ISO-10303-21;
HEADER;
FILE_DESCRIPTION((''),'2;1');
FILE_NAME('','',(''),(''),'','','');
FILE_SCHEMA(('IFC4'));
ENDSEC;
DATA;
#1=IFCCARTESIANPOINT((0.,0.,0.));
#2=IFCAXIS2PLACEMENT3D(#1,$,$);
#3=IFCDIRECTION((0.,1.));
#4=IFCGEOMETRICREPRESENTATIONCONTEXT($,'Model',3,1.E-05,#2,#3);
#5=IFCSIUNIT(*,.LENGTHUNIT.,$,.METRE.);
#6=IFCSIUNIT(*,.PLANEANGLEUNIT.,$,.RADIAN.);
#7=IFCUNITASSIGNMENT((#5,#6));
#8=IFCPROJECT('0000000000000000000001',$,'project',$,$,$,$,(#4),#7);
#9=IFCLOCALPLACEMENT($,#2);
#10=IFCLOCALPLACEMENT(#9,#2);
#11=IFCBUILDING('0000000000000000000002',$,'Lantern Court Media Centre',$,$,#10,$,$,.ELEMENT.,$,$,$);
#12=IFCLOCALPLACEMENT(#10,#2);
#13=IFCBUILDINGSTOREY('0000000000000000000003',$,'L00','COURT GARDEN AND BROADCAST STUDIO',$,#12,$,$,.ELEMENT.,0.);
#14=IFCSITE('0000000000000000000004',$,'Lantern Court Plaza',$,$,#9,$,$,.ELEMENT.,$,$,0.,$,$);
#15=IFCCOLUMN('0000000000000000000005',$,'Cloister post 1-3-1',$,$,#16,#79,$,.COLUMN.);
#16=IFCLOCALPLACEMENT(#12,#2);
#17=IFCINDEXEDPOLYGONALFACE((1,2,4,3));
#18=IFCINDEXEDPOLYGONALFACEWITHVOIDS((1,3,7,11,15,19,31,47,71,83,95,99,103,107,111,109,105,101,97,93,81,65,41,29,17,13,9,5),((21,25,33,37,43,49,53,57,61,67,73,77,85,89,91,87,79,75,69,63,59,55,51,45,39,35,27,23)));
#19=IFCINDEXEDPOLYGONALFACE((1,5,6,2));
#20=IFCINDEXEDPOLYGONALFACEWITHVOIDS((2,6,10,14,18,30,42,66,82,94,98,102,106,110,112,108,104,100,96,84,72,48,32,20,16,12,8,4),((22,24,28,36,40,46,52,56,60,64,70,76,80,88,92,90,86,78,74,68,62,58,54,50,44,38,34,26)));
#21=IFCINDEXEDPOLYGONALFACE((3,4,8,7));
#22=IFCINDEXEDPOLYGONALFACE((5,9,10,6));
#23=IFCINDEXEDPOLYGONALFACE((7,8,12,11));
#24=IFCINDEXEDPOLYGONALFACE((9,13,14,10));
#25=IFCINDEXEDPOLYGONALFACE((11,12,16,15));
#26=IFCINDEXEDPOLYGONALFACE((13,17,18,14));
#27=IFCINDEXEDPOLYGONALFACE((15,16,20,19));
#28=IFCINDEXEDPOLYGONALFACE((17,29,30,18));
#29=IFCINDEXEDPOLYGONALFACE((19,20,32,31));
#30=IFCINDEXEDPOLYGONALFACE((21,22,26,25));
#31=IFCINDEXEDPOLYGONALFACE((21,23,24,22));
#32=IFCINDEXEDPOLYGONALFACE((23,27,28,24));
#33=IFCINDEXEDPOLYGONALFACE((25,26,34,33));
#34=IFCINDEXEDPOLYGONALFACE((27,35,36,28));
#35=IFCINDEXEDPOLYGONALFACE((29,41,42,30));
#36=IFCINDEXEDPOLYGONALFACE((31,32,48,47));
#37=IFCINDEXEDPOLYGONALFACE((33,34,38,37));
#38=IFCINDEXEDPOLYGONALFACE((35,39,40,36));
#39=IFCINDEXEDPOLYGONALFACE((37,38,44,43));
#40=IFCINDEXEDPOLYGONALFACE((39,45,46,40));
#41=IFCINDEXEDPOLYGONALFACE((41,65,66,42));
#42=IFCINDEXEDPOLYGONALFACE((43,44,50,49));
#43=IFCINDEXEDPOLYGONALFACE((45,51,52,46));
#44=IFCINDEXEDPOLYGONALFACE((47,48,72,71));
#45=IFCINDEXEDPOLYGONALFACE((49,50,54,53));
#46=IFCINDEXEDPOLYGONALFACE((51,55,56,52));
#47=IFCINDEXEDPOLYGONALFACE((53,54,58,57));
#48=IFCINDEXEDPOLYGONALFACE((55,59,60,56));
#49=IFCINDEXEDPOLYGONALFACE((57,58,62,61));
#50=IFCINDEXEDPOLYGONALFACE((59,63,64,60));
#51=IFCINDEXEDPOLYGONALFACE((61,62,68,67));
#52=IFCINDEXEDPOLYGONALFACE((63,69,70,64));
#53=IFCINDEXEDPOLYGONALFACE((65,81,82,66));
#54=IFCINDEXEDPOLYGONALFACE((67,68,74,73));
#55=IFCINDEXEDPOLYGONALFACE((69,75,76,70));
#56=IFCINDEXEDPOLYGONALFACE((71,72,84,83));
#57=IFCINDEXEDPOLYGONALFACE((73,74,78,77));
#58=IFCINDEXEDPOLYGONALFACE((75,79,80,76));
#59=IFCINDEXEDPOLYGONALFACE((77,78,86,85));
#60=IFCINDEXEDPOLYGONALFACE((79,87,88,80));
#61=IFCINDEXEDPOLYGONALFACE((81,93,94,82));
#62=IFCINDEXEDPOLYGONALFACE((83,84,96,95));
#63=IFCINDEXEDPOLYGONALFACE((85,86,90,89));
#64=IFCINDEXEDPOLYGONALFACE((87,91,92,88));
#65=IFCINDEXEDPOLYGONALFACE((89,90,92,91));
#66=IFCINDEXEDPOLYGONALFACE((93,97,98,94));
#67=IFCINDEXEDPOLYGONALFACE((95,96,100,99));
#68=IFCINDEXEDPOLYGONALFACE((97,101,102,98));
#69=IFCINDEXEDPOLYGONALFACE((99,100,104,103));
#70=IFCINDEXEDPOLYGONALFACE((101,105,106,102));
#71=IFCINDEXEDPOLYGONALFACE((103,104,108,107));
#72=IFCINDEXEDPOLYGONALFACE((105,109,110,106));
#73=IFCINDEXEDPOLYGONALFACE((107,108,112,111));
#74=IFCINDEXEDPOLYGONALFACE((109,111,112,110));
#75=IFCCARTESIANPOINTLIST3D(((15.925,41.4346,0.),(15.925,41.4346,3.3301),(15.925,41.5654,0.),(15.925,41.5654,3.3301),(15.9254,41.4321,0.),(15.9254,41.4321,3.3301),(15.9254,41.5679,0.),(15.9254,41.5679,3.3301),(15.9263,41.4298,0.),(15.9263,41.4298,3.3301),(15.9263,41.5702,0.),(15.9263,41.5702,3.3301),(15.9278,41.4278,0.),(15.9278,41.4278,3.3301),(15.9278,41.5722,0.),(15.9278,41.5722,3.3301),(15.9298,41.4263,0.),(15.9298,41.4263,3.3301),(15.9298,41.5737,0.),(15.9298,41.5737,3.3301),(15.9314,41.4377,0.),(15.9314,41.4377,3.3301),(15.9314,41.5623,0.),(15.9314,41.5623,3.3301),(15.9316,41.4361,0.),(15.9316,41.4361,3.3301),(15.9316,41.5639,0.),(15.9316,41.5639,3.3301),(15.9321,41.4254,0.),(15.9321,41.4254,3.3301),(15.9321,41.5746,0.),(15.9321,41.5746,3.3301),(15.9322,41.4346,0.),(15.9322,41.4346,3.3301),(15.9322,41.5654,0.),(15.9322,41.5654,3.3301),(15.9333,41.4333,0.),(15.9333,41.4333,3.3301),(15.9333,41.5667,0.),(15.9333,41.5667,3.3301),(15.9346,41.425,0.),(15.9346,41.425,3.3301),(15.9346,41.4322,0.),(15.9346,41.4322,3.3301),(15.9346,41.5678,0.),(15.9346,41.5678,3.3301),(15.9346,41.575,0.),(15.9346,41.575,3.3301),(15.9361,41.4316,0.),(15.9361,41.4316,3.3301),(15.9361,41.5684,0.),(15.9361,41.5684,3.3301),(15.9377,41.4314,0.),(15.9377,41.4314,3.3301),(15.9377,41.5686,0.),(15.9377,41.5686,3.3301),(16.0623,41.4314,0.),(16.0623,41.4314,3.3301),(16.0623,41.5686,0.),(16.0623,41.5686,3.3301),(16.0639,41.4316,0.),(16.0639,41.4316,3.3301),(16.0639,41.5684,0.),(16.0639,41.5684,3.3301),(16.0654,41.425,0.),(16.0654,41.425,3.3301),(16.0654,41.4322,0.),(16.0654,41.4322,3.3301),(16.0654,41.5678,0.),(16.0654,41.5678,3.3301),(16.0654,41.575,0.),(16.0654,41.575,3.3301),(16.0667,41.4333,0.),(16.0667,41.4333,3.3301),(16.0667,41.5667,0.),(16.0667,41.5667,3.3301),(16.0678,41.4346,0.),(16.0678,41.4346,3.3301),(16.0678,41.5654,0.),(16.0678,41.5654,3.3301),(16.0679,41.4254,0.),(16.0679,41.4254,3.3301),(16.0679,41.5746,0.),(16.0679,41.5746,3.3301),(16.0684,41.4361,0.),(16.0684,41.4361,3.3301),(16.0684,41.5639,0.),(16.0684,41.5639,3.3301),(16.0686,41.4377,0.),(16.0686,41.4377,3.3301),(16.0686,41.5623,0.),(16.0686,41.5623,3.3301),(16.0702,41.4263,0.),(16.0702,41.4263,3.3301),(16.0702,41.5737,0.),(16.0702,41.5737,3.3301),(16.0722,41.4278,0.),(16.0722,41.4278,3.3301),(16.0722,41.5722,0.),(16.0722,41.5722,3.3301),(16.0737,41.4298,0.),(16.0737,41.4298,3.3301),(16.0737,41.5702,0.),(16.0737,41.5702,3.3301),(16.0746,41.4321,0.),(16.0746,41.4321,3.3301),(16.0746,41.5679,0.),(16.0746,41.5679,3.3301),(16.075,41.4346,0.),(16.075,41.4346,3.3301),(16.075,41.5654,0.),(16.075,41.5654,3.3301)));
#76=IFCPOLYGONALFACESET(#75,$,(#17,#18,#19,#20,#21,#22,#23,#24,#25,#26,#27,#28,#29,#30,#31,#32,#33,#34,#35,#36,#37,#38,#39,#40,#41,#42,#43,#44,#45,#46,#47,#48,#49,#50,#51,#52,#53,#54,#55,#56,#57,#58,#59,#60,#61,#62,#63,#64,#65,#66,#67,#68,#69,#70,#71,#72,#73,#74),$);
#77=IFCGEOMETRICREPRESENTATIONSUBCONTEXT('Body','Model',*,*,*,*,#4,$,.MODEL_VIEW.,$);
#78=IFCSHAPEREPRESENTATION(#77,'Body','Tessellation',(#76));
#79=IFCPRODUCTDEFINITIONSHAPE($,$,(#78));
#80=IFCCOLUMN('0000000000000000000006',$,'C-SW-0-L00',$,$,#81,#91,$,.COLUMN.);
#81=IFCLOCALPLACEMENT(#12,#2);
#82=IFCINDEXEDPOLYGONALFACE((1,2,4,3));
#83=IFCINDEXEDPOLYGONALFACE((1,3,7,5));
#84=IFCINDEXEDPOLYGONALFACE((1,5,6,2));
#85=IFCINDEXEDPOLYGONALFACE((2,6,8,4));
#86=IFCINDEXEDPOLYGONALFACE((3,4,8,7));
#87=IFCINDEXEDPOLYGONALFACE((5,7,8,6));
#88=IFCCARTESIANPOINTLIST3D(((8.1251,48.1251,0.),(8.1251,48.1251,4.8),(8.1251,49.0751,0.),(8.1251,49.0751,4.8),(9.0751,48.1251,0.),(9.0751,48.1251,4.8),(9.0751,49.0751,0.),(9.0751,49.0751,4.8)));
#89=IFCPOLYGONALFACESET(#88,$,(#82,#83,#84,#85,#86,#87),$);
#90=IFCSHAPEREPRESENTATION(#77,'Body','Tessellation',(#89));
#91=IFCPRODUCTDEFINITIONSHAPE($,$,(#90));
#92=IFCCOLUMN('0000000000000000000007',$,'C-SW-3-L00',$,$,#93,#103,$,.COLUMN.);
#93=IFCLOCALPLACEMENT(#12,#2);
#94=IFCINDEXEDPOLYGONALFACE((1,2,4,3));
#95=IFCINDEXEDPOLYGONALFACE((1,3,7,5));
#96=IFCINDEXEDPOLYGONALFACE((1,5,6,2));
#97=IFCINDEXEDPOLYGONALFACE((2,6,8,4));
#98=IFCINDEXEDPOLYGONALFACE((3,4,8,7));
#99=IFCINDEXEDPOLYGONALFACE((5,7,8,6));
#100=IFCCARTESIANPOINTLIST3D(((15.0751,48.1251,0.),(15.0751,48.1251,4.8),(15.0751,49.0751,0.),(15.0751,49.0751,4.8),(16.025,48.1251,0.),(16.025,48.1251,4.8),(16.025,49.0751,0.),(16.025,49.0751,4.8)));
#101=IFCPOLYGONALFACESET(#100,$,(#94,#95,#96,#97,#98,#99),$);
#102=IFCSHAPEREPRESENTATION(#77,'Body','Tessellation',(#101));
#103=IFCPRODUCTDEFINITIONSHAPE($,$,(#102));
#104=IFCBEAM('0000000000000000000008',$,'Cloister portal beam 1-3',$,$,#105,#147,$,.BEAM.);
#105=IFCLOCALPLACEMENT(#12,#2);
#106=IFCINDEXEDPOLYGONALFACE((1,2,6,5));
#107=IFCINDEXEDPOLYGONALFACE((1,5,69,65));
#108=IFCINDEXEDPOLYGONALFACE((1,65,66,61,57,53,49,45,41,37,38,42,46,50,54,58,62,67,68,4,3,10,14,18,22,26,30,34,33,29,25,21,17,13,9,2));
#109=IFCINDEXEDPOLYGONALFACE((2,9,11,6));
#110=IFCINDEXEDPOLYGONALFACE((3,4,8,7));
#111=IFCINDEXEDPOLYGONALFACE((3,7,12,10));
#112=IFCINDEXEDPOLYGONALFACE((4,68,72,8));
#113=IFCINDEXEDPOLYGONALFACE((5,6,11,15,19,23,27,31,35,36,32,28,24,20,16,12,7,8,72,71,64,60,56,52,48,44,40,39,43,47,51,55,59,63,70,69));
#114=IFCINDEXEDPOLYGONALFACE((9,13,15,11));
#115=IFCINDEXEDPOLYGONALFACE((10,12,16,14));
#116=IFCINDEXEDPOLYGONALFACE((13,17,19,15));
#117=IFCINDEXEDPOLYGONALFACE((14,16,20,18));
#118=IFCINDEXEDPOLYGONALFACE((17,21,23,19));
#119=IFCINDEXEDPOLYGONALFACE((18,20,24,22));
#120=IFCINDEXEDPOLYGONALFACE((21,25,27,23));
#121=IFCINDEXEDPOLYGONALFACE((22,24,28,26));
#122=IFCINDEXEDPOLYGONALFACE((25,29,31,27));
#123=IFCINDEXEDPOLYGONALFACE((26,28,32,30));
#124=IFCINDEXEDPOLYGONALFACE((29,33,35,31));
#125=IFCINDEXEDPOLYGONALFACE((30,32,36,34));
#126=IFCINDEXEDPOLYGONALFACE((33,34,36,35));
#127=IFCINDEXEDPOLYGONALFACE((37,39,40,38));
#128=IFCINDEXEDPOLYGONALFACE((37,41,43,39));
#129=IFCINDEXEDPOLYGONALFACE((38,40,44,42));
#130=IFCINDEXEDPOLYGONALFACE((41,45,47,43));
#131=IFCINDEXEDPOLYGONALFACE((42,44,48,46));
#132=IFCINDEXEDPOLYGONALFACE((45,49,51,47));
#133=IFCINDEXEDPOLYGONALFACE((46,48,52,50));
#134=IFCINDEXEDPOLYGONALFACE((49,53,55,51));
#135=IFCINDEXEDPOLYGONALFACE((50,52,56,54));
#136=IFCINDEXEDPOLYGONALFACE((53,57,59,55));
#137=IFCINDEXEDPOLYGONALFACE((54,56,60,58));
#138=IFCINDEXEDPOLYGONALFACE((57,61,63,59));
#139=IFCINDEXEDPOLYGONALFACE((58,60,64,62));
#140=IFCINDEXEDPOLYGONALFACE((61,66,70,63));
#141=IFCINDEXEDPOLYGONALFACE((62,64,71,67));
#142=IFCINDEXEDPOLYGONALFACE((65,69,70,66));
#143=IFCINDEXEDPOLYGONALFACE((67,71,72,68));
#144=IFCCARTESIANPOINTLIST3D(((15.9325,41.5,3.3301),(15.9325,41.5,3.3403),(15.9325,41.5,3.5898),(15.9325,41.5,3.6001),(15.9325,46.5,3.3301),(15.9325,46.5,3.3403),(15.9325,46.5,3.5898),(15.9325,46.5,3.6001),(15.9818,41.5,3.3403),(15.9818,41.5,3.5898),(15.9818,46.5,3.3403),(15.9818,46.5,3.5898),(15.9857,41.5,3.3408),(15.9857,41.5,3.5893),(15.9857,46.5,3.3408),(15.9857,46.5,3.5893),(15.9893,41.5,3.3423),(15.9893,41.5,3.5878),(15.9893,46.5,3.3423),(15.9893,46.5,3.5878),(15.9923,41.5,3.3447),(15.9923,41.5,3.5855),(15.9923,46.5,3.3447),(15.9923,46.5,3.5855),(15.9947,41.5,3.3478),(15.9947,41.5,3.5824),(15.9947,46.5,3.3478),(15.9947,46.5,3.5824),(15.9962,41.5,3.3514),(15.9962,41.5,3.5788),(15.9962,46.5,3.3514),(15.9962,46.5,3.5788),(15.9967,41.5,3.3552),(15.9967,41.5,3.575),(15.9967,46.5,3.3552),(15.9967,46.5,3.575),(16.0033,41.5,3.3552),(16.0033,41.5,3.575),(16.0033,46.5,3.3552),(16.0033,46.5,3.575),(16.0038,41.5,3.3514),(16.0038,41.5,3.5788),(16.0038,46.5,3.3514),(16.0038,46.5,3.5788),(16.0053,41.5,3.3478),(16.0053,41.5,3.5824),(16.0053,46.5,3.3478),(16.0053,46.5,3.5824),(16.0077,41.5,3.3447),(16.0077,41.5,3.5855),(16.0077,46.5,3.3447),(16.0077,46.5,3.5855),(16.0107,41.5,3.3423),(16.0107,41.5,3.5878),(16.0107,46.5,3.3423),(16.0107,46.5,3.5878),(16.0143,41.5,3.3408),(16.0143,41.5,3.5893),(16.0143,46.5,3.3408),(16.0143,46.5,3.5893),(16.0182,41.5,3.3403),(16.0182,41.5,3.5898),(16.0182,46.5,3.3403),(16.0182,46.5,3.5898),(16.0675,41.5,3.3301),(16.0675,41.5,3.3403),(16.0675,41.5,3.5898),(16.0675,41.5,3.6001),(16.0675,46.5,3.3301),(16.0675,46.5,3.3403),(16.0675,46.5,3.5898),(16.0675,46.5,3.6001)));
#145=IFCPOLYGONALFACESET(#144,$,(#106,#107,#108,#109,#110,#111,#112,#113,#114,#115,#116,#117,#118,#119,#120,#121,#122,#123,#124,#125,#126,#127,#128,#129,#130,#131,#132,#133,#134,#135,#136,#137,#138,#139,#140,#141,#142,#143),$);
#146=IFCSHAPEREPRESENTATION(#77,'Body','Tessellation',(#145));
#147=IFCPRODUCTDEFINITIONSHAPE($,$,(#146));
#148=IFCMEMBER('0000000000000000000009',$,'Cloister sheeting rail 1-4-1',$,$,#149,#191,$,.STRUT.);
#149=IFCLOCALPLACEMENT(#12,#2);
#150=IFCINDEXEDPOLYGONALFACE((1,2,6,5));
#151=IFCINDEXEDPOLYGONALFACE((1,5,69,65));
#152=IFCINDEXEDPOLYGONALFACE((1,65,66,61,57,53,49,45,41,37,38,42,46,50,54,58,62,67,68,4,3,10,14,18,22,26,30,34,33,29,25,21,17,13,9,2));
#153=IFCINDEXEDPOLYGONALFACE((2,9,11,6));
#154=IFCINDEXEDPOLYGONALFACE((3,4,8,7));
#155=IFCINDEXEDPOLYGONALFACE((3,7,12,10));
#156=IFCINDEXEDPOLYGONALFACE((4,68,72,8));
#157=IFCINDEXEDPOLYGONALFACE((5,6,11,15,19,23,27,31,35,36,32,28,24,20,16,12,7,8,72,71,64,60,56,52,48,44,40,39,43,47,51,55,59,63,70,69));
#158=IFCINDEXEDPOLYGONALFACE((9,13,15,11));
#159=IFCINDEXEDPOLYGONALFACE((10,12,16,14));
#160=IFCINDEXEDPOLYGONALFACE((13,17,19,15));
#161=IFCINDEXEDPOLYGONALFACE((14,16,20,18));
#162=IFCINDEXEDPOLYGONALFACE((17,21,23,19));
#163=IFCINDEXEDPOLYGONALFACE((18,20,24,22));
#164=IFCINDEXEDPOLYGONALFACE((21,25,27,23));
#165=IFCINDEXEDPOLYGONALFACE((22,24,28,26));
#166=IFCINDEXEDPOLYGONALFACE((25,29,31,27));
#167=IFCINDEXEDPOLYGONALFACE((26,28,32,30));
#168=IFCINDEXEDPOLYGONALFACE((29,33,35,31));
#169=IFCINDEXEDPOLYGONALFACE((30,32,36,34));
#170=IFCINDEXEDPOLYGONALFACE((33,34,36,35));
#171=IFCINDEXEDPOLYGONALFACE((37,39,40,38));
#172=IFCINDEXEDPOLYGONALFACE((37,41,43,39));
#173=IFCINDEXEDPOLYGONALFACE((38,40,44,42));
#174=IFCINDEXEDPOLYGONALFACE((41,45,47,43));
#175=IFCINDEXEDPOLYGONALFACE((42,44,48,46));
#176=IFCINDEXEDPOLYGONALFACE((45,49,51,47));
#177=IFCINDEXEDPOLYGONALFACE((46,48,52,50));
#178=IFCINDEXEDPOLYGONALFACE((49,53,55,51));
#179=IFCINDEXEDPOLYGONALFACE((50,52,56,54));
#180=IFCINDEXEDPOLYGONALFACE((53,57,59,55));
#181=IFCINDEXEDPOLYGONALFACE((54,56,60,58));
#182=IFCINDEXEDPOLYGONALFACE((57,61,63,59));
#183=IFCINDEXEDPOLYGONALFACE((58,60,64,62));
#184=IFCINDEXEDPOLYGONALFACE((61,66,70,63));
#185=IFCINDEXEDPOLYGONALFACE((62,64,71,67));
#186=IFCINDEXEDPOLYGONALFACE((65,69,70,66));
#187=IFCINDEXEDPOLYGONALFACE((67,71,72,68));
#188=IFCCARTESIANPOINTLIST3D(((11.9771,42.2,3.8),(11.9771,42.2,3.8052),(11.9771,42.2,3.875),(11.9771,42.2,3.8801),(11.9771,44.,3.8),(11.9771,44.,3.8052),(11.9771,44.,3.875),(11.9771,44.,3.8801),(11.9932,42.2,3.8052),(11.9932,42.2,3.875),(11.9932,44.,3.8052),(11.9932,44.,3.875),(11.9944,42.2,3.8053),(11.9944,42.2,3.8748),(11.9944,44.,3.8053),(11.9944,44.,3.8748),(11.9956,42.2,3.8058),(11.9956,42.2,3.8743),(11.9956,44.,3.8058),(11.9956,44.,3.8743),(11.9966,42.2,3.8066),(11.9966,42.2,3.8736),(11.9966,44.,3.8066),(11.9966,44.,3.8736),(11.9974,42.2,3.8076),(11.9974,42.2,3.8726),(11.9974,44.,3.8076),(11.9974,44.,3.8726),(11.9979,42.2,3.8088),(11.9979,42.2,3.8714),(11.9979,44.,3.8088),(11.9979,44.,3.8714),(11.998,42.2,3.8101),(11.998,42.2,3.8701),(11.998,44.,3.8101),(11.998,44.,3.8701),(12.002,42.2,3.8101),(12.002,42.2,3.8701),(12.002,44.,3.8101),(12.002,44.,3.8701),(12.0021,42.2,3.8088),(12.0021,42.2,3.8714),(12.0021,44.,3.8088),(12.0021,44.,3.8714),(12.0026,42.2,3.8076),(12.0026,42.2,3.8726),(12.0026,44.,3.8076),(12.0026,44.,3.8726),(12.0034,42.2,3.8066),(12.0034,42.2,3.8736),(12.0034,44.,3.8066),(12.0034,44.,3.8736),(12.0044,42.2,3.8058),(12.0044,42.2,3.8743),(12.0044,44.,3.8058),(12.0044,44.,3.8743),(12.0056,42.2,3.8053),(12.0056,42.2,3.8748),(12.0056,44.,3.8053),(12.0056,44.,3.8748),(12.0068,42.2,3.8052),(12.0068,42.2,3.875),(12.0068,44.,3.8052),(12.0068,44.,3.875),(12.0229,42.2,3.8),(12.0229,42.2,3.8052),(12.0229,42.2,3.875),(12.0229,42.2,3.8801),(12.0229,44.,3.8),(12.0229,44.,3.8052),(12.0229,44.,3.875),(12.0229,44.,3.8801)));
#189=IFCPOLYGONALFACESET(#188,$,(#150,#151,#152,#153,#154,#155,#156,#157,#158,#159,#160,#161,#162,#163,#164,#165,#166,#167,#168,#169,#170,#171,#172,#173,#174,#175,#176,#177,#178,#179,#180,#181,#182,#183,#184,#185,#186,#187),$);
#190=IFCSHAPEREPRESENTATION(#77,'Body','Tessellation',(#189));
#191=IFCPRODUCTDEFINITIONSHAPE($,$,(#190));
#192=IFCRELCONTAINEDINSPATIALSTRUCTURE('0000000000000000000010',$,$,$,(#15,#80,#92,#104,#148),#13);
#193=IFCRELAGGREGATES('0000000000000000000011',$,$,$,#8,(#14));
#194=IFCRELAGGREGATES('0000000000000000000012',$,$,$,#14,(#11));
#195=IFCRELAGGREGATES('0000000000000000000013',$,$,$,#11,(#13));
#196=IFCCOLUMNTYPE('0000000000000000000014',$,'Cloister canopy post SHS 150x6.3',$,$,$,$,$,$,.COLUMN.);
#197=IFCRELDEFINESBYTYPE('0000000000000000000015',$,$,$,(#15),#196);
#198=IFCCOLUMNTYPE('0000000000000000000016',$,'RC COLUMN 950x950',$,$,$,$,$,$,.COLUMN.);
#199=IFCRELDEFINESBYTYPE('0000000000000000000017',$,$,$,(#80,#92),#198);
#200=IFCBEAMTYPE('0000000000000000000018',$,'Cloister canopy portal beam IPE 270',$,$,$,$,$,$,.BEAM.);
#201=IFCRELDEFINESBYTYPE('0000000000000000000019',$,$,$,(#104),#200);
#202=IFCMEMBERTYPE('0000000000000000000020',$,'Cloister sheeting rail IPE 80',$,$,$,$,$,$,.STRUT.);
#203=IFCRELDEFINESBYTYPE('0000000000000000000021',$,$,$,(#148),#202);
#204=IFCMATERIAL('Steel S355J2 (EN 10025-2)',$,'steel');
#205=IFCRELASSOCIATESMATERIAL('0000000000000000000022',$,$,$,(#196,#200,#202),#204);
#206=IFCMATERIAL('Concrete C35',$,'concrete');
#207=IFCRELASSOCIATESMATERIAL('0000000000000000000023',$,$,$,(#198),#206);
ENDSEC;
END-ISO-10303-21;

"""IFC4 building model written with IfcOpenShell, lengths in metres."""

from ifc_helpers import new_model, si_unit, direction, frame, origin, origin_2d, place, context, subcontext, project, spatial, rectangle, hollow_rectangle, i_section, extrude, material, material_profile, profile_set, type_object, element, save


model = new_model("IFC4")

# Units and contexts
model_context = context("Model", 3, precision=1e-05, world=origin(), true_north=direction((0.0, 1.0)))
body_context = subcontext(model_context, "Body", "Model", "MODEL_VIEW")
ifc_project = project(units=[si_unit("LENGTHUNIT", "METRE"), si_unit("PLANEANGLEUNIT", "RADIAN")], contexts=[model_context])

# Site, building, storey
site_placement = place(None, origin())
site = spatial("IfcSite", under=ifc_project, at=site_placement, Name="Lantern Court Plaza", CompositionType="ELEMENT", RefElevation=0.0)
building_placement = place(site_placement, origin())
building = spatial("IfcBuilding", under=site, at=building_placement, Name="Lantern Court Media Centre", CompositionType="ELEMENT")
storey_placement = place(building_placement, origin())
storey = spatial("IfcBuildingStorey", under=building, at=storey_placement, Name="L00", Description="COURT GARDEN AND BROADCAST STUDIO", CompositionType="ELEMENT", Elevation=0.0)

# Columns
ifc_material_1 = material(Name="Steel S355J2 (EN 10025-2)", Category="steel")
ifc_material_profile_1 = material_profile(ifc_material_1, hollow_rectangle(XDim=0.1499, YDim=0.1499, WallThickness=0.0063, InnerFilletRadius=0.0063, OuterFilletRadius=0.0095, at=origin_2d()), Name="Cloister canopy post SHS 150x6.3")
ifc_profile_set_1 = profile_set([ifc_material_profile_1], Name="Steel S355J2 (EN 10025-2)")
column_type_1 = type_object("IfcColumnType", Name="Cloister canopy post SHS 150x6.3", PredefinedType="COLUMN", material=ifc_profile_set_1)
column_placement = place(storey_placement, frame((16.0, 41.5, 0.0), z_axis=(0.0, 0.0, 1.0), x_axis=(1.0, 0.0, 0.0)))
element("IfcColumn", 1, at=column_placement, inside=storey, type_object=column_type_1, Name="Cloister post 1-3-1", PredefinedType="COLUMN", context=body_context, shape_type="SweptSolid", body=[
    extrude(hollow_rectangle(XDim=0.1499, YDim=0.1499, WallThickness=0.0063, InnerFilletRadius=0.0063, OuterFilletRadius=0.0095, at=origin_2d()), origin(), (0.0, 0.0, 1.0), 3.3301),
])
ifc_material_2 = material(Name="Concrete C35", Category="concrete")
ifc_material_profile_2 = material_profile(ifc_material_2, rectangle(XDim=0.95, YDim=0.95, at=origin_2d()), Name="RC 950x950")
ifc_profile_set_2 = profile_set([ifc_material_profile_2], Name="Concrete C35")
column_type_2 = type_object("IfcColumnType", Name="RC COLUMN 950x950", PredefinedType="COLUMN", material=ifc_profile_set_2)
for number, where, z_axis, x_axis, name in (
    (2, (8.6001, 48.6001, 0.0), (0.0, 0.0, 1.0), (1.0, 0.0, 0.0), "C-SW-0-L00"),
    (3, (15.55, 48.6001, 0.0), (0.0, 0.0, 1.0), (1.0, 0.0, 0.0), "C-SW-3-L00"),
):
    element("IfcColumn", number, at=place(storey_placement, frame(where, z_axis=z_axis, x_axis=x_axis)), inside=storey, type_object=column_type_2, Name=name, PredefinedType="COLUMN", context=body_context, shape_type="SweptSolid", body=[
        extrude(rectangle(XDim=0.95, YDim=0.95, at=origin_2d()), origin(), (0.0, 0.0, 1.0), 4.8),
    ])

# Beam
ifc_material_profile_3 = material_profile(ifc_material_1, i_section(OverallWidth=0.135, OverallDepth=0.27, WebThickness=0.0066, FlangeThickness=0.0103, FilletRadius=0.0149, at=origin_2d()), Name="IPE 270")
ifc_profile_set_3 = profile_set([ifc_material_profile_3], Name="Steel S355J2 (EN 10025-2)")
beam_type_1 = type_object("IfcBeamType", Name="Cloister canopy portal beam IPE 270", PredefinedType="BEAM", material=ifc_profile_set_3)
beam_1_placement = place(storey_placement, frame((16.0, 41.5, 3.4651), z_axis=(0.0, 1.0, 0.0), x_axis=(-1.0, 0.0, 0.0)))
element("IfcBeam", 4, at=beam_1_placement, inside=storey, type_object=beam_type_1, Name="Cloister portal beam 1-3", PredefinedType="BEAM", context=body_context, shape_type="SweptSolid", body=[
    extrude(i_section(OverallWidth=0.135, OverallDepth=0.27, WebThickness=0.0066, FlangeThickness=0.0103, FilletRadius=0.0149, at=origin_2d()), origin(), (0.0, 0.0, 1.0), 5.0),
])

# Member
ifc_material_profile_4 = material_profile(ifc_material_1, i_section(OverallWidth=0.0459, OverallDepth=0.0801, WebThickness=0.0039, FlangeThickness=0.0051, FilletRadius=0.0049, at=origin_2d()), Name="IPE 80")
ifc_profile_set_4 = profile_set([ifc_material_profile_4], Name="Steel S355J2 (EN 10025-2)")
member_type = type_object("IfcMemberType", Name="Cloister sheeting rail IPE 80", PredefinedType="STRUT", material=ifc_profile_set_4)
for number, where, z_axis, x_axis, name in (
    (5, (12.0, 42.2, 3.8401), (0.0, 1.0, 0.0), (-1.0, 0.0, 0.0), "Cloister sheeting rail 1-4-1"),
):
    element("IfcMember", number, at=place(storey_placement, frame(where, z_axis=z_axis, x_axis=x_axis)), inside=storey, type_object=member_type, Name=name, PredefinedType="STRUT", context=body_context, shape_type="SweptSolid", body=[
        extrude(i_section(OverallWidth=0.0459, OverallDepth=0.0801, WebThickness=0.0039, FlangeThickness=0.0051, FilletRadius=0.0049, at=origin_2d()), origin(), (0.0, 0.0, 1.0), 1.8),
    ])

save(model, "model.ifc")
